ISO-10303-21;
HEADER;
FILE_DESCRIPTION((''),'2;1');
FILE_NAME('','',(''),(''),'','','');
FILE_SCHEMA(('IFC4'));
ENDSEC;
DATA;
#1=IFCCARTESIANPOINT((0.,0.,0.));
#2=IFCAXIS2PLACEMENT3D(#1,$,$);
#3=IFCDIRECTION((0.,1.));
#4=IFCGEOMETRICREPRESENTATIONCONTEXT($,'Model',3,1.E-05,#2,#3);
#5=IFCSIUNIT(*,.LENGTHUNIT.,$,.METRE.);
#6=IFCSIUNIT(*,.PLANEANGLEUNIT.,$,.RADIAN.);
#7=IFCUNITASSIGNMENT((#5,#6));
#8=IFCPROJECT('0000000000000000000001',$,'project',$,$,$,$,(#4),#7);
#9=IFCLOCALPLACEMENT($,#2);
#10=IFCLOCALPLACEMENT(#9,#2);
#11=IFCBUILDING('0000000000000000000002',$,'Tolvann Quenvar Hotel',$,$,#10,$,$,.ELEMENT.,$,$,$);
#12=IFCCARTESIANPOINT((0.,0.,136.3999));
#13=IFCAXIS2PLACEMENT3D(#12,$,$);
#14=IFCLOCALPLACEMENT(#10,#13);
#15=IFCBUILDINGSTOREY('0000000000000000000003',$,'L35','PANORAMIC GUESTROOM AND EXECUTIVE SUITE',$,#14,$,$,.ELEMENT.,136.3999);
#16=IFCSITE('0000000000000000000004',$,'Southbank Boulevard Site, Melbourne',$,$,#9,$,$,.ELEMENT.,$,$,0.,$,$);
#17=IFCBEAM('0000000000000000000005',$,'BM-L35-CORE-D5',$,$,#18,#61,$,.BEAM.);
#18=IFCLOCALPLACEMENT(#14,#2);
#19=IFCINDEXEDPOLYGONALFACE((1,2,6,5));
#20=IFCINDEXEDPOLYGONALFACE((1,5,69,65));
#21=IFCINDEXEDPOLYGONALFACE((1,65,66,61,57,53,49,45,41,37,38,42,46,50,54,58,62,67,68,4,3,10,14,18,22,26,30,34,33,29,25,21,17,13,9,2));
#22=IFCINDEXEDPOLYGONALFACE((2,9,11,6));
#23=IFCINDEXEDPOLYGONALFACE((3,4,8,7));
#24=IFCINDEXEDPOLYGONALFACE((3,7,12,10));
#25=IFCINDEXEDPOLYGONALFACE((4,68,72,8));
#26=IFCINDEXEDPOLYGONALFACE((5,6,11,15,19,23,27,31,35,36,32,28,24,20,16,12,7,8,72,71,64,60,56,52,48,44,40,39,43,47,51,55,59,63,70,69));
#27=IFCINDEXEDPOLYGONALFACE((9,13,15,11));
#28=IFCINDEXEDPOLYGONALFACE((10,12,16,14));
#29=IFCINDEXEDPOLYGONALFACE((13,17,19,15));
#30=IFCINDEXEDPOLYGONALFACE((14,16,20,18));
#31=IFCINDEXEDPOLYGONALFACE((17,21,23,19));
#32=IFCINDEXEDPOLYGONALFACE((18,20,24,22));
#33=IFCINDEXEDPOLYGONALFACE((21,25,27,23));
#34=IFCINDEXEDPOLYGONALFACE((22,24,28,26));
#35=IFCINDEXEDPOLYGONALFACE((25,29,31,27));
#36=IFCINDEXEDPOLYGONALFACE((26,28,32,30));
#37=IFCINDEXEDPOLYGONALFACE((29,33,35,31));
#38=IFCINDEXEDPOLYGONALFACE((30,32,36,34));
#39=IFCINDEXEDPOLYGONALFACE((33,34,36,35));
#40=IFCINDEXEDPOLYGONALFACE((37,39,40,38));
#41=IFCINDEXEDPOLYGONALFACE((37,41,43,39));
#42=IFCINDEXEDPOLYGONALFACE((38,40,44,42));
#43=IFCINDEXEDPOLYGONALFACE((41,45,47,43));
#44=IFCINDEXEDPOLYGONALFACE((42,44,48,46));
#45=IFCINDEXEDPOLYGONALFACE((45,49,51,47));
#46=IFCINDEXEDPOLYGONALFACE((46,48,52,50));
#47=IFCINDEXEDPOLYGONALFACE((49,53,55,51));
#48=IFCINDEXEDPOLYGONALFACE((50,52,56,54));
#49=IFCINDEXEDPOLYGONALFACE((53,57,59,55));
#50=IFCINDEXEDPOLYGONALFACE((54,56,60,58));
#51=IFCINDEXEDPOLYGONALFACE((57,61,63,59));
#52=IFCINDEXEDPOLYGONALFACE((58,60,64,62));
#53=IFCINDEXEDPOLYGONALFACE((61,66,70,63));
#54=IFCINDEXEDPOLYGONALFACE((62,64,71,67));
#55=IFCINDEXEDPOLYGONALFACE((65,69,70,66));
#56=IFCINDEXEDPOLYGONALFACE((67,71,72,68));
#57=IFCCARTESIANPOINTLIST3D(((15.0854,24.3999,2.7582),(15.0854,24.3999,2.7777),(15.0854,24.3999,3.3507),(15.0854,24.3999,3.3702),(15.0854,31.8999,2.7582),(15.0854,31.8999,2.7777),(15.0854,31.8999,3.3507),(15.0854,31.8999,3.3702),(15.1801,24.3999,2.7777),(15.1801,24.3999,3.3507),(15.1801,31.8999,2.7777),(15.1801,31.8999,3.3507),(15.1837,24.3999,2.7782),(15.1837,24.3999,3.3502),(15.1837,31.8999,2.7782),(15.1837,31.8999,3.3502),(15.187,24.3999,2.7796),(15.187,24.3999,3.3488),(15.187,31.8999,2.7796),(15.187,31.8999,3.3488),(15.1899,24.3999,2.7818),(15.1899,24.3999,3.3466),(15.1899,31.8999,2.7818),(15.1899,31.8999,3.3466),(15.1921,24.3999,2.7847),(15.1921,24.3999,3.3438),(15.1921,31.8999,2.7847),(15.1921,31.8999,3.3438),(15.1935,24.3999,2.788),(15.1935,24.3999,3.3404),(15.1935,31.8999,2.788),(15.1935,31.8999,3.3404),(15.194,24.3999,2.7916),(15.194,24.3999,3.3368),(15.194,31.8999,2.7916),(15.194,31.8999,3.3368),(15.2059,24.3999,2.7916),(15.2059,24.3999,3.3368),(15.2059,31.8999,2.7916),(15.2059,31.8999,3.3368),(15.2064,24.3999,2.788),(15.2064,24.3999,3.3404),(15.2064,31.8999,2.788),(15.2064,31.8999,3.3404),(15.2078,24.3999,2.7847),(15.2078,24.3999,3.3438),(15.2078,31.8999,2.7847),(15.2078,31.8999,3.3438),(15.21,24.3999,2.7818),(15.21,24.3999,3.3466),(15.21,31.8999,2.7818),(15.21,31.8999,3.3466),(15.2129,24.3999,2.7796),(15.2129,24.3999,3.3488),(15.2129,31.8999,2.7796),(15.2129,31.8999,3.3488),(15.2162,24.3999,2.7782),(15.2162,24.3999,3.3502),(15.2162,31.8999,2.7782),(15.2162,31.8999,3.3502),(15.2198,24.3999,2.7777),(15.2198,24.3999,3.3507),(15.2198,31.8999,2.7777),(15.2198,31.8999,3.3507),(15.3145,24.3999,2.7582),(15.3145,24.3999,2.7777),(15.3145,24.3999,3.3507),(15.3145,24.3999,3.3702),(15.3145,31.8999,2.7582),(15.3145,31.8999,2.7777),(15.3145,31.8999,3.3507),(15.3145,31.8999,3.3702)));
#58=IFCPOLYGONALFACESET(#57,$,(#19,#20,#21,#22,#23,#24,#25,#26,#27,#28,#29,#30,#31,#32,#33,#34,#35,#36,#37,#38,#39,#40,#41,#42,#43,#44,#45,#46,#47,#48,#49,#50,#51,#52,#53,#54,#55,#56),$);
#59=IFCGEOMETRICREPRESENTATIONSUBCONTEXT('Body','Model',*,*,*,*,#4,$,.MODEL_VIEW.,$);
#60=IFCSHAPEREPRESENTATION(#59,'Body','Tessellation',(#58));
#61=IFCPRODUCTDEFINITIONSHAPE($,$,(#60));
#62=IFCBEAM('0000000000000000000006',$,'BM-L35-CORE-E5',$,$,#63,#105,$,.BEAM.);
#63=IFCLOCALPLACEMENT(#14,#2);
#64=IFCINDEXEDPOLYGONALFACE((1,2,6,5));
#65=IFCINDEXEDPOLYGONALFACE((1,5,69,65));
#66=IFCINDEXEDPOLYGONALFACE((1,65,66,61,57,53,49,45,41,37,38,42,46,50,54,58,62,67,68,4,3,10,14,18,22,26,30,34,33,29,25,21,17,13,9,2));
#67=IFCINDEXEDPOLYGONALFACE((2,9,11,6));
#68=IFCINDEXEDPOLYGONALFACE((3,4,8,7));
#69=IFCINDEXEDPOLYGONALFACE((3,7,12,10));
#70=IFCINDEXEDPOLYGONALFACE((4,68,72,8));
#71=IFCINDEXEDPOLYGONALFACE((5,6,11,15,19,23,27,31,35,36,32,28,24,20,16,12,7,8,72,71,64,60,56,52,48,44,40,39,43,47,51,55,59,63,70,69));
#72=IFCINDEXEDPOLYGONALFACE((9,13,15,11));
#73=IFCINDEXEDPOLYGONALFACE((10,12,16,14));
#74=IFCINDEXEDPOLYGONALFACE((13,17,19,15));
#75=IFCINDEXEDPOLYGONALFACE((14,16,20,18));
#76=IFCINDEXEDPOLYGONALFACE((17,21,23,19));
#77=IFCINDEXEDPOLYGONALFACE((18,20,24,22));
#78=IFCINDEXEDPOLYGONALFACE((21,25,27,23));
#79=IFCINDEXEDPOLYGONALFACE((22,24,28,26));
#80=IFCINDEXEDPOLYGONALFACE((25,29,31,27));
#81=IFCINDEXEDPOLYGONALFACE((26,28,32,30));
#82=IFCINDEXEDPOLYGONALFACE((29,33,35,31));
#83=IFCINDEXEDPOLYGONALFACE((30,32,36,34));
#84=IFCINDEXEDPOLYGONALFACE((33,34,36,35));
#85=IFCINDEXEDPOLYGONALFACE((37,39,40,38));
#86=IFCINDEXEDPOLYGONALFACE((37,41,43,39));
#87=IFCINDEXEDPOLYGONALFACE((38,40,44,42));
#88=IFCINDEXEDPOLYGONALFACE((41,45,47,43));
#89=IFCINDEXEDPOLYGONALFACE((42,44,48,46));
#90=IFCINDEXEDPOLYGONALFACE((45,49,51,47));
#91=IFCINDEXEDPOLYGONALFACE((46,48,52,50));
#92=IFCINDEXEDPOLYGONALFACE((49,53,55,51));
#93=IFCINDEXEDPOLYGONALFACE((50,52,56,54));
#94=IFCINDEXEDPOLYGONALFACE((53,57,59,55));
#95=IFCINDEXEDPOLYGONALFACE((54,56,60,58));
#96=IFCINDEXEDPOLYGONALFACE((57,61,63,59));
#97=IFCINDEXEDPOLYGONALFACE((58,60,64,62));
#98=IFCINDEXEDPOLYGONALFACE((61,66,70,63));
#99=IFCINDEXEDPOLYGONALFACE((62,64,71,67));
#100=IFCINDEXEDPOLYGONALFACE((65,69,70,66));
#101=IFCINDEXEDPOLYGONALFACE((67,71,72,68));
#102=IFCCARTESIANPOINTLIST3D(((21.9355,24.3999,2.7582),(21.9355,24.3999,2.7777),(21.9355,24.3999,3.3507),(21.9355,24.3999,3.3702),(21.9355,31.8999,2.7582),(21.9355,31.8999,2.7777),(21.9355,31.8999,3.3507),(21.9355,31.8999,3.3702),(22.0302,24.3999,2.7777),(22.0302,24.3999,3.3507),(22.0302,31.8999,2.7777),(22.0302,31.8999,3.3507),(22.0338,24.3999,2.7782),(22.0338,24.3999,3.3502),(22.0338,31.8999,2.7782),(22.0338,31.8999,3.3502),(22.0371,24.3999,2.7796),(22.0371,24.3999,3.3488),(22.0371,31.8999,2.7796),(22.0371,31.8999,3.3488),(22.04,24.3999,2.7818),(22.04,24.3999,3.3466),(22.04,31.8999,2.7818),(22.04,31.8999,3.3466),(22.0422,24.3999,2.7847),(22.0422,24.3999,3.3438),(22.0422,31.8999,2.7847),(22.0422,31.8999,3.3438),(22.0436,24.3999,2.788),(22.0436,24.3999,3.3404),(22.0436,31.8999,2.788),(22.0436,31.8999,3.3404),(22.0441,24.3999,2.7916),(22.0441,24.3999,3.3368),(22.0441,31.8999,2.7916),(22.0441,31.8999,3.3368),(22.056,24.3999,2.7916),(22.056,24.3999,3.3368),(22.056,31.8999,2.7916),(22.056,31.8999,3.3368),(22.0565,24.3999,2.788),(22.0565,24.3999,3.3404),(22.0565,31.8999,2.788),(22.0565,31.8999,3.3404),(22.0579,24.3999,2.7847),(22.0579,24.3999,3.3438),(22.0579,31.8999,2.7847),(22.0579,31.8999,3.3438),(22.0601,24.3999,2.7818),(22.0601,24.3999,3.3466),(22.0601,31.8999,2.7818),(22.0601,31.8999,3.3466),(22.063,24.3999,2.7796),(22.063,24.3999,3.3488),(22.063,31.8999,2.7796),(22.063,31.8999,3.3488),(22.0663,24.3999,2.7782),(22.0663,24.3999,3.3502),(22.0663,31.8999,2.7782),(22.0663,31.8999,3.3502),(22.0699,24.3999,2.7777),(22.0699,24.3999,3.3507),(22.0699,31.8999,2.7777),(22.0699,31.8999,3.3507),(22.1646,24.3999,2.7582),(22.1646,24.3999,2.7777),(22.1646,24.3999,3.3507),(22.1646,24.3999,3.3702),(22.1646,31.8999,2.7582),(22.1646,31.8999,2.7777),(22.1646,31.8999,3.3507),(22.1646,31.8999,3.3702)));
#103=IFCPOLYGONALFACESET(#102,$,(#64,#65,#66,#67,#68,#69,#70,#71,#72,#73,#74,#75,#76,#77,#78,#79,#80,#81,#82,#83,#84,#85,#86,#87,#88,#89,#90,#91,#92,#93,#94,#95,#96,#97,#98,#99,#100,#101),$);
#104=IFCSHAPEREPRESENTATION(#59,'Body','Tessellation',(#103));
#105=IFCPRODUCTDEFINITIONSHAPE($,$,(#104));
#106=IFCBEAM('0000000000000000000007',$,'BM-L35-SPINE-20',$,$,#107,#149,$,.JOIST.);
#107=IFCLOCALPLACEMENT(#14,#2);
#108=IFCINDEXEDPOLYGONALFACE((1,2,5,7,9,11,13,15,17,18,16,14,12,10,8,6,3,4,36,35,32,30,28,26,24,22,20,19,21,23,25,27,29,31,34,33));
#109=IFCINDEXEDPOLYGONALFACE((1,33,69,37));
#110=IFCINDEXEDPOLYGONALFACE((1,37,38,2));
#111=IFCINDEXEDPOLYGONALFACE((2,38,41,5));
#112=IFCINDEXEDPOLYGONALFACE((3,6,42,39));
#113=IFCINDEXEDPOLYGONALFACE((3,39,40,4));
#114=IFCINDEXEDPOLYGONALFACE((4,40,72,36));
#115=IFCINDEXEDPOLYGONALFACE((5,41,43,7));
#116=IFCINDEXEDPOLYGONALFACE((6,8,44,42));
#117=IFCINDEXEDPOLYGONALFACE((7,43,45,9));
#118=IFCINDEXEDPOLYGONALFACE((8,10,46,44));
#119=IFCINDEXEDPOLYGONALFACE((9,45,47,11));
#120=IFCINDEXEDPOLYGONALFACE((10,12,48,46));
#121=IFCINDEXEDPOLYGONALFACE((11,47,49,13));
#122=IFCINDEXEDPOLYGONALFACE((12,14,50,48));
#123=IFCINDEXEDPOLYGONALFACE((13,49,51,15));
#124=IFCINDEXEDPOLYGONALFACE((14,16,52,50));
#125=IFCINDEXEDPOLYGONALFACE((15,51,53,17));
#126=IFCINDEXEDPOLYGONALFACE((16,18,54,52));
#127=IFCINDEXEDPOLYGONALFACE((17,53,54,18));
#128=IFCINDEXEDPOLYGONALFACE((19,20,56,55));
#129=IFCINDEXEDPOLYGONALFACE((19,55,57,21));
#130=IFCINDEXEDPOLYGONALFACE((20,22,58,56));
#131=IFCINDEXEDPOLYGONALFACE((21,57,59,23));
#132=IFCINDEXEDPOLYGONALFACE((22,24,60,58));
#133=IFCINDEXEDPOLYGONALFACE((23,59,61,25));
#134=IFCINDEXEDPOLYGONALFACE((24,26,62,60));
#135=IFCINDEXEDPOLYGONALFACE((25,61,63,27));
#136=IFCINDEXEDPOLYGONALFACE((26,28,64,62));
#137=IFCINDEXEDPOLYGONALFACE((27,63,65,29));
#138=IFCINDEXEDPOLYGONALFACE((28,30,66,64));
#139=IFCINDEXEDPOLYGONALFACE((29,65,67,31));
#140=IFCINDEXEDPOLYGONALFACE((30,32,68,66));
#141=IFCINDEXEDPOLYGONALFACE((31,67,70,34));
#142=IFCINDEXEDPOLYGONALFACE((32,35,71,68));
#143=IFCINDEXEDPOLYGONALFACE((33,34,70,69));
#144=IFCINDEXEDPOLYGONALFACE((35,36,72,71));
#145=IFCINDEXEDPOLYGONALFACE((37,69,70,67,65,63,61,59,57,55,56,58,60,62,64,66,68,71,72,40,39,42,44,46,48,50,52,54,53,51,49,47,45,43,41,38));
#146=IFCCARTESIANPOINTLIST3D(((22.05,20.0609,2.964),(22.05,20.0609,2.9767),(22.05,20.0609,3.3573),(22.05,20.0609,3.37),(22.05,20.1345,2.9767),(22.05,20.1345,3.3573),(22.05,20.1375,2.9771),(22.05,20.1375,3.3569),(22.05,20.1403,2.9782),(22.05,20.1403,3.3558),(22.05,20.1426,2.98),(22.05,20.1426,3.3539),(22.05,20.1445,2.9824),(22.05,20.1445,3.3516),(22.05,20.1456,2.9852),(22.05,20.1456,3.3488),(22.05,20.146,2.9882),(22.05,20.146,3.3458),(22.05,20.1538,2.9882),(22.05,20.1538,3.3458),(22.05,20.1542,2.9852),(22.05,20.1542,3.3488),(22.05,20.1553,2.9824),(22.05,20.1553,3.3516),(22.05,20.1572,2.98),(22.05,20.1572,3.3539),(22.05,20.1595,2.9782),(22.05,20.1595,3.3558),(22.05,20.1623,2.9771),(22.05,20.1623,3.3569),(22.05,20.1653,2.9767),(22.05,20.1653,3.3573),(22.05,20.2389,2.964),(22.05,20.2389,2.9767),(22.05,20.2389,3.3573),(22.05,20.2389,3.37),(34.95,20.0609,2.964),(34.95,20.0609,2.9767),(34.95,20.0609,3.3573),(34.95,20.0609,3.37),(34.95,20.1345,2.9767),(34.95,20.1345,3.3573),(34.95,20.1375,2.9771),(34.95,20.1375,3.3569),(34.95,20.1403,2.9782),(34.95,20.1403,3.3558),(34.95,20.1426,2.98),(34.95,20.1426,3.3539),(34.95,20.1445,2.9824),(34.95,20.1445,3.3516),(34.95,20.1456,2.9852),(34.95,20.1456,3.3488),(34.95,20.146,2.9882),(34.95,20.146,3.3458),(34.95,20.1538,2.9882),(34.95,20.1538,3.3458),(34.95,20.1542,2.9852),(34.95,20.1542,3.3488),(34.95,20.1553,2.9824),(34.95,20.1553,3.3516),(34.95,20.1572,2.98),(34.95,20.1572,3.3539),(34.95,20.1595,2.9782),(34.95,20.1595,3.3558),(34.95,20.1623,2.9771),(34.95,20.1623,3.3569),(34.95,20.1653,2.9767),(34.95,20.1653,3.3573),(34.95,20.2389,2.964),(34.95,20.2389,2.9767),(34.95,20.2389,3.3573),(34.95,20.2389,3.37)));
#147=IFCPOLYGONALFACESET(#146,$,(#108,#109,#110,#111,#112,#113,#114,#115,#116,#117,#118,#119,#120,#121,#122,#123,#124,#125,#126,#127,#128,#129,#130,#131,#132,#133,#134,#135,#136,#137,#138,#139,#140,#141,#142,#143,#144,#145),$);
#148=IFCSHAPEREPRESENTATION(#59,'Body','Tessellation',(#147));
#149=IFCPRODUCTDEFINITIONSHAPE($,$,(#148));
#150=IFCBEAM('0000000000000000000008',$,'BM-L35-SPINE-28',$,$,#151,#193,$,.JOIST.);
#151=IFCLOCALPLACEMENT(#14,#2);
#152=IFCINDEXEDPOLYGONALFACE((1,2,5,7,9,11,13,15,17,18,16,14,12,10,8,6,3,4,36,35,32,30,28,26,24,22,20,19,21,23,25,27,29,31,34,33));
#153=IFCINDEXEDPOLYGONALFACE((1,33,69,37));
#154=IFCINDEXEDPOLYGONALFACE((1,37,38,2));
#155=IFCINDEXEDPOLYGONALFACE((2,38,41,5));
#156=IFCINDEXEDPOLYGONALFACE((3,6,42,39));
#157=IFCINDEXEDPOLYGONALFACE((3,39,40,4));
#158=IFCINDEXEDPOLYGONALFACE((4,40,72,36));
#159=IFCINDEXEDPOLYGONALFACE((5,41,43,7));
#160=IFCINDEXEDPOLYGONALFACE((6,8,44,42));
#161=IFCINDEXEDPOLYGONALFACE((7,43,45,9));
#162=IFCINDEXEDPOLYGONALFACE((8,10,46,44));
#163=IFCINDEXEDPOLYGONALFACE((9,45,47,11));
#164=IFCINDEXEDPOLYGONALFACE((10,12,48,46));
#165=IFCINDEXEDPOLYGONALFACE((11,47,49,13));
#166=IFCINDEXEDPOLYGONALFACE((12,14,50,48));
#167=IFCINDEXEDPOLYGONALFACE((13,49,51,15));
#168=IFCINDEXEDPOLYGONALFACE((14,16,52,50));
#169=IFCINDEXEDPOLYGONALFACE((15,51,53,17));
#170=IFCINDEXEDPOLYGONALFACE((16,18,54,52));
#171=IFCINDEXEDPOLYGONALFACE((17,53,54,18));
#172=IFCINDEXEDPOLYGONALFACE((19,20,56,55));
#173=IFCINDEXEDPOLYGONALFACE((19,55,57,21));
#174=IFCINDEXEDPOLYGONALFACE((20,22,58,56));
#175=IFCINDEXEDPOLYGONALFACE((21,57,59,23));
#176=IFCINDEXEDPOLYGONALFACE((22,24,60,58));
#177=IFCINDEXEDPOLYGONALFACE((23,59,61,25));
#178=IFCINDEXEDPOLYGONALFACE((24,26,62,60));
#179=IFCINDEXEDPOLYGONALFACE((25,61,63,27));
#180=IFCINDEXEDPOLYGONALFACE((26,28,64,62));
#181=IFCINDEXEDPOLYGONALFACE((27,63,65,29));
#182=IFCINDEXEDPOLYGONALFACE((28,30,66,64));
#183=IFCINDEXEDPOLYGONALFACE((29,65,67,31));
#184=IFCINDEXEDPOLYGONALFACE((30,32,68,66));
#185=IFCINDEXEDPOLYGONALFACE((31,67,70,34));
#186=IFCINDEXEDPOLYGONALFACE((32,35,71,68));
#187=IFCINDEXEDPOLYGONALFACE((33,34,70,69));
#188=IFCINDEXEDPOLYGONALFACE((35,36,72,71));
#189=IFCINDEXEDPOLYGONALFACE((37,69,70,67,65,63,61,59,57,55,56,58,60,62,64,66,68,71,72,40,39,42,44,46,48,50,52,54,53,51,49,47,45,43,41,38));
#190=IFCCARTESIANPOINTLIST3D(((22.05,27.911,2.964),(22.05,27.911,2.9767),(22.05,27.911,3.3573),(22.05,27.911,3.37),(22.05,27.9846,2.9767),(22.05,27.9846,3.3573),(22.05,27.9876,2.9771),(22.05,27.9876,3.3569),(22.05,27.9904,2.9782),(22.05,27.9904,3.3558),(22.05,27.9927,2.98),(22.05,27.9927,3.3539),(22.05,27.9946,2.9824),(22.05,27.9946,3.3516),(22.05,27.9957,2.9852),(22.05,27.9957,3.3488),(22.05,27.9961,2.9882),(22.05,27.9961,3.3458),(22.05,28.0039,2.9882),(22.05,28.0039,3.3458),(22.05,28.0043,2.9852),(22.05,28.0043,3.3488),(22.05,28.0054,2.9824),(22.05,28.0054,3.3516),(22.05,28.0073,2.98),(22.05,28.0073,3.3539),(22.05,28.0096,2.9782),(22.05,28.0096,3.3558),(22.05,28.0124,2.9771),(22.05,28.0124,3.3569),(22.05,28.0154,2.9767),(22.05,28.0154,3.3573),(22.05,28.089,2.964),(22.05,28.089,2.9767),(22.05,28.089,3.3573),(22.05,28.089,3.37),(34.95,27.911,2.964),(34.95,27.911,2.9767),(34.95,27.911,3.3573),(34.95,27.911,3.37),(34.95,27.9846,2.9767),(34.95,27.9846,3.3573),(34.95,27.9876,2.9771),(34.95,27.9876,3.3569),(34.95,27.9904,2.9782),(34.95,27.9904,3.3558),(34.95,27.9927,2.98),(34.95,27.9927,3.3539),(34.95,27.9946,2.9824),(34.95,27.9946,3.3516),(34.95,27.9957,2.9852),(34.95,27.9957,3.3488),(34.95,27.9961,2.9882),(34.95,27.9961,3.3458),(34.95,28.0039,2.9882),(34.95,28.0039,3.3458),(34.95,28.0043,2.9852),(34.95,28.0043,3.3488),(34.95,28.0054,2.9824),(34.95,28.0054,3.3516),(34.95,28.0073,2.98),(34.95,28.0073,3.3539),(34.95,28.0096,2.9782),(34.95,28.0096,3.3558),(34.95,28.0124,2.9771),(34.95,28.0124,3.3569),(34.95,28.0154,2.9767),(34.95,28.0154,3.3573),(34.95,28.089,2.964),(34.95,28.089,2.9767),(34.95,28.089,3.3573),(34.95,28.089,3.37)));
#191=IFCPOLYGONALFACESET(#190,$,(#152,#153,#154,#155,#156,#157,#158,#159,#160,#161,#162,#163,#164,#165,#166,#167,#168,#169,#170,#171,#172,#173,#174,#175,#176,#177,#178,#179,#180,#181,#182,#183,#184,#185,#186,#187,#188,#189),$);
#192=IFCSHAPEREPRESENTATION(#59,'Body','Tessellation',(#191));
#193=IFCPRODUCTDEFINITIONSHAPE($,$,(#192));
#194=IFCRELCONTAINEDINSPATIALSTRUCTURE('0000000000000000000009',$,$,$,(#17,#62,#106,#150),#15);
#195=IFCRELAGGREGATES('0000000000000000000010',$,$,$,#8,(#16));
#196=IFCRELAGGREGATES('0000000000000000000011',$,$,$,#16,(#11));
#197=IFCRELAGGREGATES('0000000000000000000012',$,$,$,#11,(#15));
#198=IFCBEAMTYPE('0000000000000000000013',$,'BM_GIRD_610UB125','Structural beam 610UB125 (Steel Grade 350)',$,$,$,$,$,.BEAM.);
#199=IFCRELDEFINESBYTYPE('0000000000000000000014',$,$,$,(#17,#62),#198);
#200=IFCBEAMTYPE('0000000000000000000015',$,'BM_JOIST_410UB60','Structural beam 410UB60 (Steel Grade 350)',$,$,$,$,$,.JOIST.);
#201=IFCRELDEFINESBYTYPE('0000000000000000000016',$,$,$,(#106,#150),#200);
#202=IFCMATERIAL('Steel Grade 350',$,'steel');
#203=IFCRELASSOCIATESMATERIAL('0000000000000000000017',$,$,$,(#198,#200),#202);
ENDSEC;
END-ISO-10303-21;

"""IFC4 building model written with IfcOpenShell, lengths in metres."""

from ifc_helpers import new_model, si_unit, direction, frame, origin, origin_2d, place, context, subcontext, project, spatial, i_section, extrude, source, transform, mapped, material, material_profile, profile_set, type_object, type_shapes, element, save


model = new_model("IFC4")

# Units and contexts
model_context = context("Model", 3, precision=1e-05, world=origin(), true_north=direction((0.0, 1.0)))
body_context = subcontext(model_context, "Body", "Model", "MODEL_VIEW")
ifc_project = project(units=[si_unit("LENGTHUNIT", "METRE"), si_unit("PLANEANGLEUNIT", "RADIAN")], contexts=[model_context])

# Site, building, storey
site_placement = place(None, origin())
site = spatial("IfcSite", under=ifc_project, at=site_placement, Name="Southbank Boulevard Site, Melbourne", CompositionType="ELEMENT", RefElevation=0.0)
building_placement = place(site_placement, origin())
building = spatial("IfcBuilding", under=site, at=building_placement, Name="Tolvann Quenvar Hotel", CompositionType="ELEMENT")
storey_placement = place(building_placement, frame((0.0, 0.0, 136.3999)))
storey = spatial("IfcBuildingStorey", under=building, at=storey_placement, Name="L35", Description="PANORAMIC GUESTROOM AND EXECUTIVE SUITE", CompositionType="ELEMENT", Elevation=136.3999)

# Shared definitions
ifc_material_1 = material(Name="Steel Grade 350", Category="steel")

# Beams
ifc_material_profile_1 = material_profile(ifc_material_1, i_section(OverallWidth=0.229, OverallDepth=0.6121, WebThickness=0.012, FlangeThickness=0.0195, FilletRadius=0.0139, at=origin_2d()), Name="610UB125")
ifc_profile_set_1 = profile_set([ifc_material_profile_1], Name="Steel Grade 350")
beam_type_1 = type_object("IfcBeamType", Name="BM_GIRD_610UB125", Description="Structural beam 610UB125 (Steel Grade 350)", PredefinedType="BEAM", material=ifc_profile_set_1)
shared_shape_1 = source(origin(), body_context, "Body", "SweptSolid", [
    extrude(i_section(OverallWidth=0.229, OverallDepth=0.6121, WebThickness=0.012, FlangeThickness=0.0195, FilletRadius=0.0139, at=origin_2d()), origin(), (0.0, 0.0, 1.0), 7.5),
])
for number, where, z_axis, x_axis, name in (
    (1, (15.2, 24.3999, 3.0642), (0.0, 1.0, 0.0), (-1.0, 0.0, 0.0), "BM-L35-CORE-D5"),
    (2, (22.05, 24.3999, 3.0642), (0.0, 1.0, 0.0), (-1.0, 0.0, 0.0), "BM-L35-CORE-E5"),
):
    element("IfcBeam", number, at=place(storey_placement, frame(where, z_axis=z_axis, x_axis=x_axis)), inside=storey, type_object=beam_type_1, Name=name, PredefinedType="BEAM", context=body_context, shape_type="MappedRepresentation", body=[
        mapped(shared_shape_1, transform((0.0, 0.0, 0.0), x_axis=(1.0, 0.0, 0.0), y_axis=(0.0, 1.0, 0.0), z_axis=(0.0, 0.0, 1.0), scale=1.0)),
    ])
ifc_material_profile_2 = material_profile(ifc_material_1, i_section(OverallWidth=0.178, OverallDepth=0.406, WebThickness=0.0078, FlangeThickness=0.0127, FilletRadius=0.0115, at=origin_2d()), Name="410UB60")
ifc_profile_set_2 = profile_set([ifc_material_profile_2], Name="Steel Grade 350")
beam_type_2 = type_object("IfcBeamType", Name="BM_JOIST_410UB60", Description="Structural beam 410UB60 (Steel Grade 350)", PredefinedType="JOIST", material=ifc_profile_set_2)
shared_shape_2 = source(origin(), body_context, "Body", "SweptSolid", [
    extrude(i_section(OverallWidth=0.178, OverallDepth=0.406, WebThickness=0.0078, FlangeThickness=0.0127, FilletRadius=0.0115, at=origin_2d()), origin(), (0.0, 0.0, 1.0), 12.8999),
])
type_shapes(beam_type_2, [shared_shape_2])
for number, where, z_axis, x_axis, name in (
    (3, (22.05, 20.1499, 3.167), (1.0, 0.0, 0.0), (0.0, 1.0, 0.0), "BM-L35-SPINE-20"),
    (4, (22.05, 28.0, 3.167), (1.0, 0.0, 0.0), (0.0, 1.0, 0.0), "BM-L35-SPINE-28"),
):
    element("IfcBeam", number, at=place(storey_placement, frame(where, z_axis=z_axis, x_axis=x_axis)), inside=storey, type_object=beam_type_2, Name=name, PredefinedType="JOIST", context=body_context, shape_type="MappedRepresentation", body=[
        mapped(shared_shape_2, transform((0.0, 0.0, 0.0), x_axis=(1.0, 0.0, 0.0), y_axis=(0.0, 1.0, 0.0), z_axis=(0.0, 0.0, 1.0), scale=1.0)),
    ])

save(model, "model.ifc")
